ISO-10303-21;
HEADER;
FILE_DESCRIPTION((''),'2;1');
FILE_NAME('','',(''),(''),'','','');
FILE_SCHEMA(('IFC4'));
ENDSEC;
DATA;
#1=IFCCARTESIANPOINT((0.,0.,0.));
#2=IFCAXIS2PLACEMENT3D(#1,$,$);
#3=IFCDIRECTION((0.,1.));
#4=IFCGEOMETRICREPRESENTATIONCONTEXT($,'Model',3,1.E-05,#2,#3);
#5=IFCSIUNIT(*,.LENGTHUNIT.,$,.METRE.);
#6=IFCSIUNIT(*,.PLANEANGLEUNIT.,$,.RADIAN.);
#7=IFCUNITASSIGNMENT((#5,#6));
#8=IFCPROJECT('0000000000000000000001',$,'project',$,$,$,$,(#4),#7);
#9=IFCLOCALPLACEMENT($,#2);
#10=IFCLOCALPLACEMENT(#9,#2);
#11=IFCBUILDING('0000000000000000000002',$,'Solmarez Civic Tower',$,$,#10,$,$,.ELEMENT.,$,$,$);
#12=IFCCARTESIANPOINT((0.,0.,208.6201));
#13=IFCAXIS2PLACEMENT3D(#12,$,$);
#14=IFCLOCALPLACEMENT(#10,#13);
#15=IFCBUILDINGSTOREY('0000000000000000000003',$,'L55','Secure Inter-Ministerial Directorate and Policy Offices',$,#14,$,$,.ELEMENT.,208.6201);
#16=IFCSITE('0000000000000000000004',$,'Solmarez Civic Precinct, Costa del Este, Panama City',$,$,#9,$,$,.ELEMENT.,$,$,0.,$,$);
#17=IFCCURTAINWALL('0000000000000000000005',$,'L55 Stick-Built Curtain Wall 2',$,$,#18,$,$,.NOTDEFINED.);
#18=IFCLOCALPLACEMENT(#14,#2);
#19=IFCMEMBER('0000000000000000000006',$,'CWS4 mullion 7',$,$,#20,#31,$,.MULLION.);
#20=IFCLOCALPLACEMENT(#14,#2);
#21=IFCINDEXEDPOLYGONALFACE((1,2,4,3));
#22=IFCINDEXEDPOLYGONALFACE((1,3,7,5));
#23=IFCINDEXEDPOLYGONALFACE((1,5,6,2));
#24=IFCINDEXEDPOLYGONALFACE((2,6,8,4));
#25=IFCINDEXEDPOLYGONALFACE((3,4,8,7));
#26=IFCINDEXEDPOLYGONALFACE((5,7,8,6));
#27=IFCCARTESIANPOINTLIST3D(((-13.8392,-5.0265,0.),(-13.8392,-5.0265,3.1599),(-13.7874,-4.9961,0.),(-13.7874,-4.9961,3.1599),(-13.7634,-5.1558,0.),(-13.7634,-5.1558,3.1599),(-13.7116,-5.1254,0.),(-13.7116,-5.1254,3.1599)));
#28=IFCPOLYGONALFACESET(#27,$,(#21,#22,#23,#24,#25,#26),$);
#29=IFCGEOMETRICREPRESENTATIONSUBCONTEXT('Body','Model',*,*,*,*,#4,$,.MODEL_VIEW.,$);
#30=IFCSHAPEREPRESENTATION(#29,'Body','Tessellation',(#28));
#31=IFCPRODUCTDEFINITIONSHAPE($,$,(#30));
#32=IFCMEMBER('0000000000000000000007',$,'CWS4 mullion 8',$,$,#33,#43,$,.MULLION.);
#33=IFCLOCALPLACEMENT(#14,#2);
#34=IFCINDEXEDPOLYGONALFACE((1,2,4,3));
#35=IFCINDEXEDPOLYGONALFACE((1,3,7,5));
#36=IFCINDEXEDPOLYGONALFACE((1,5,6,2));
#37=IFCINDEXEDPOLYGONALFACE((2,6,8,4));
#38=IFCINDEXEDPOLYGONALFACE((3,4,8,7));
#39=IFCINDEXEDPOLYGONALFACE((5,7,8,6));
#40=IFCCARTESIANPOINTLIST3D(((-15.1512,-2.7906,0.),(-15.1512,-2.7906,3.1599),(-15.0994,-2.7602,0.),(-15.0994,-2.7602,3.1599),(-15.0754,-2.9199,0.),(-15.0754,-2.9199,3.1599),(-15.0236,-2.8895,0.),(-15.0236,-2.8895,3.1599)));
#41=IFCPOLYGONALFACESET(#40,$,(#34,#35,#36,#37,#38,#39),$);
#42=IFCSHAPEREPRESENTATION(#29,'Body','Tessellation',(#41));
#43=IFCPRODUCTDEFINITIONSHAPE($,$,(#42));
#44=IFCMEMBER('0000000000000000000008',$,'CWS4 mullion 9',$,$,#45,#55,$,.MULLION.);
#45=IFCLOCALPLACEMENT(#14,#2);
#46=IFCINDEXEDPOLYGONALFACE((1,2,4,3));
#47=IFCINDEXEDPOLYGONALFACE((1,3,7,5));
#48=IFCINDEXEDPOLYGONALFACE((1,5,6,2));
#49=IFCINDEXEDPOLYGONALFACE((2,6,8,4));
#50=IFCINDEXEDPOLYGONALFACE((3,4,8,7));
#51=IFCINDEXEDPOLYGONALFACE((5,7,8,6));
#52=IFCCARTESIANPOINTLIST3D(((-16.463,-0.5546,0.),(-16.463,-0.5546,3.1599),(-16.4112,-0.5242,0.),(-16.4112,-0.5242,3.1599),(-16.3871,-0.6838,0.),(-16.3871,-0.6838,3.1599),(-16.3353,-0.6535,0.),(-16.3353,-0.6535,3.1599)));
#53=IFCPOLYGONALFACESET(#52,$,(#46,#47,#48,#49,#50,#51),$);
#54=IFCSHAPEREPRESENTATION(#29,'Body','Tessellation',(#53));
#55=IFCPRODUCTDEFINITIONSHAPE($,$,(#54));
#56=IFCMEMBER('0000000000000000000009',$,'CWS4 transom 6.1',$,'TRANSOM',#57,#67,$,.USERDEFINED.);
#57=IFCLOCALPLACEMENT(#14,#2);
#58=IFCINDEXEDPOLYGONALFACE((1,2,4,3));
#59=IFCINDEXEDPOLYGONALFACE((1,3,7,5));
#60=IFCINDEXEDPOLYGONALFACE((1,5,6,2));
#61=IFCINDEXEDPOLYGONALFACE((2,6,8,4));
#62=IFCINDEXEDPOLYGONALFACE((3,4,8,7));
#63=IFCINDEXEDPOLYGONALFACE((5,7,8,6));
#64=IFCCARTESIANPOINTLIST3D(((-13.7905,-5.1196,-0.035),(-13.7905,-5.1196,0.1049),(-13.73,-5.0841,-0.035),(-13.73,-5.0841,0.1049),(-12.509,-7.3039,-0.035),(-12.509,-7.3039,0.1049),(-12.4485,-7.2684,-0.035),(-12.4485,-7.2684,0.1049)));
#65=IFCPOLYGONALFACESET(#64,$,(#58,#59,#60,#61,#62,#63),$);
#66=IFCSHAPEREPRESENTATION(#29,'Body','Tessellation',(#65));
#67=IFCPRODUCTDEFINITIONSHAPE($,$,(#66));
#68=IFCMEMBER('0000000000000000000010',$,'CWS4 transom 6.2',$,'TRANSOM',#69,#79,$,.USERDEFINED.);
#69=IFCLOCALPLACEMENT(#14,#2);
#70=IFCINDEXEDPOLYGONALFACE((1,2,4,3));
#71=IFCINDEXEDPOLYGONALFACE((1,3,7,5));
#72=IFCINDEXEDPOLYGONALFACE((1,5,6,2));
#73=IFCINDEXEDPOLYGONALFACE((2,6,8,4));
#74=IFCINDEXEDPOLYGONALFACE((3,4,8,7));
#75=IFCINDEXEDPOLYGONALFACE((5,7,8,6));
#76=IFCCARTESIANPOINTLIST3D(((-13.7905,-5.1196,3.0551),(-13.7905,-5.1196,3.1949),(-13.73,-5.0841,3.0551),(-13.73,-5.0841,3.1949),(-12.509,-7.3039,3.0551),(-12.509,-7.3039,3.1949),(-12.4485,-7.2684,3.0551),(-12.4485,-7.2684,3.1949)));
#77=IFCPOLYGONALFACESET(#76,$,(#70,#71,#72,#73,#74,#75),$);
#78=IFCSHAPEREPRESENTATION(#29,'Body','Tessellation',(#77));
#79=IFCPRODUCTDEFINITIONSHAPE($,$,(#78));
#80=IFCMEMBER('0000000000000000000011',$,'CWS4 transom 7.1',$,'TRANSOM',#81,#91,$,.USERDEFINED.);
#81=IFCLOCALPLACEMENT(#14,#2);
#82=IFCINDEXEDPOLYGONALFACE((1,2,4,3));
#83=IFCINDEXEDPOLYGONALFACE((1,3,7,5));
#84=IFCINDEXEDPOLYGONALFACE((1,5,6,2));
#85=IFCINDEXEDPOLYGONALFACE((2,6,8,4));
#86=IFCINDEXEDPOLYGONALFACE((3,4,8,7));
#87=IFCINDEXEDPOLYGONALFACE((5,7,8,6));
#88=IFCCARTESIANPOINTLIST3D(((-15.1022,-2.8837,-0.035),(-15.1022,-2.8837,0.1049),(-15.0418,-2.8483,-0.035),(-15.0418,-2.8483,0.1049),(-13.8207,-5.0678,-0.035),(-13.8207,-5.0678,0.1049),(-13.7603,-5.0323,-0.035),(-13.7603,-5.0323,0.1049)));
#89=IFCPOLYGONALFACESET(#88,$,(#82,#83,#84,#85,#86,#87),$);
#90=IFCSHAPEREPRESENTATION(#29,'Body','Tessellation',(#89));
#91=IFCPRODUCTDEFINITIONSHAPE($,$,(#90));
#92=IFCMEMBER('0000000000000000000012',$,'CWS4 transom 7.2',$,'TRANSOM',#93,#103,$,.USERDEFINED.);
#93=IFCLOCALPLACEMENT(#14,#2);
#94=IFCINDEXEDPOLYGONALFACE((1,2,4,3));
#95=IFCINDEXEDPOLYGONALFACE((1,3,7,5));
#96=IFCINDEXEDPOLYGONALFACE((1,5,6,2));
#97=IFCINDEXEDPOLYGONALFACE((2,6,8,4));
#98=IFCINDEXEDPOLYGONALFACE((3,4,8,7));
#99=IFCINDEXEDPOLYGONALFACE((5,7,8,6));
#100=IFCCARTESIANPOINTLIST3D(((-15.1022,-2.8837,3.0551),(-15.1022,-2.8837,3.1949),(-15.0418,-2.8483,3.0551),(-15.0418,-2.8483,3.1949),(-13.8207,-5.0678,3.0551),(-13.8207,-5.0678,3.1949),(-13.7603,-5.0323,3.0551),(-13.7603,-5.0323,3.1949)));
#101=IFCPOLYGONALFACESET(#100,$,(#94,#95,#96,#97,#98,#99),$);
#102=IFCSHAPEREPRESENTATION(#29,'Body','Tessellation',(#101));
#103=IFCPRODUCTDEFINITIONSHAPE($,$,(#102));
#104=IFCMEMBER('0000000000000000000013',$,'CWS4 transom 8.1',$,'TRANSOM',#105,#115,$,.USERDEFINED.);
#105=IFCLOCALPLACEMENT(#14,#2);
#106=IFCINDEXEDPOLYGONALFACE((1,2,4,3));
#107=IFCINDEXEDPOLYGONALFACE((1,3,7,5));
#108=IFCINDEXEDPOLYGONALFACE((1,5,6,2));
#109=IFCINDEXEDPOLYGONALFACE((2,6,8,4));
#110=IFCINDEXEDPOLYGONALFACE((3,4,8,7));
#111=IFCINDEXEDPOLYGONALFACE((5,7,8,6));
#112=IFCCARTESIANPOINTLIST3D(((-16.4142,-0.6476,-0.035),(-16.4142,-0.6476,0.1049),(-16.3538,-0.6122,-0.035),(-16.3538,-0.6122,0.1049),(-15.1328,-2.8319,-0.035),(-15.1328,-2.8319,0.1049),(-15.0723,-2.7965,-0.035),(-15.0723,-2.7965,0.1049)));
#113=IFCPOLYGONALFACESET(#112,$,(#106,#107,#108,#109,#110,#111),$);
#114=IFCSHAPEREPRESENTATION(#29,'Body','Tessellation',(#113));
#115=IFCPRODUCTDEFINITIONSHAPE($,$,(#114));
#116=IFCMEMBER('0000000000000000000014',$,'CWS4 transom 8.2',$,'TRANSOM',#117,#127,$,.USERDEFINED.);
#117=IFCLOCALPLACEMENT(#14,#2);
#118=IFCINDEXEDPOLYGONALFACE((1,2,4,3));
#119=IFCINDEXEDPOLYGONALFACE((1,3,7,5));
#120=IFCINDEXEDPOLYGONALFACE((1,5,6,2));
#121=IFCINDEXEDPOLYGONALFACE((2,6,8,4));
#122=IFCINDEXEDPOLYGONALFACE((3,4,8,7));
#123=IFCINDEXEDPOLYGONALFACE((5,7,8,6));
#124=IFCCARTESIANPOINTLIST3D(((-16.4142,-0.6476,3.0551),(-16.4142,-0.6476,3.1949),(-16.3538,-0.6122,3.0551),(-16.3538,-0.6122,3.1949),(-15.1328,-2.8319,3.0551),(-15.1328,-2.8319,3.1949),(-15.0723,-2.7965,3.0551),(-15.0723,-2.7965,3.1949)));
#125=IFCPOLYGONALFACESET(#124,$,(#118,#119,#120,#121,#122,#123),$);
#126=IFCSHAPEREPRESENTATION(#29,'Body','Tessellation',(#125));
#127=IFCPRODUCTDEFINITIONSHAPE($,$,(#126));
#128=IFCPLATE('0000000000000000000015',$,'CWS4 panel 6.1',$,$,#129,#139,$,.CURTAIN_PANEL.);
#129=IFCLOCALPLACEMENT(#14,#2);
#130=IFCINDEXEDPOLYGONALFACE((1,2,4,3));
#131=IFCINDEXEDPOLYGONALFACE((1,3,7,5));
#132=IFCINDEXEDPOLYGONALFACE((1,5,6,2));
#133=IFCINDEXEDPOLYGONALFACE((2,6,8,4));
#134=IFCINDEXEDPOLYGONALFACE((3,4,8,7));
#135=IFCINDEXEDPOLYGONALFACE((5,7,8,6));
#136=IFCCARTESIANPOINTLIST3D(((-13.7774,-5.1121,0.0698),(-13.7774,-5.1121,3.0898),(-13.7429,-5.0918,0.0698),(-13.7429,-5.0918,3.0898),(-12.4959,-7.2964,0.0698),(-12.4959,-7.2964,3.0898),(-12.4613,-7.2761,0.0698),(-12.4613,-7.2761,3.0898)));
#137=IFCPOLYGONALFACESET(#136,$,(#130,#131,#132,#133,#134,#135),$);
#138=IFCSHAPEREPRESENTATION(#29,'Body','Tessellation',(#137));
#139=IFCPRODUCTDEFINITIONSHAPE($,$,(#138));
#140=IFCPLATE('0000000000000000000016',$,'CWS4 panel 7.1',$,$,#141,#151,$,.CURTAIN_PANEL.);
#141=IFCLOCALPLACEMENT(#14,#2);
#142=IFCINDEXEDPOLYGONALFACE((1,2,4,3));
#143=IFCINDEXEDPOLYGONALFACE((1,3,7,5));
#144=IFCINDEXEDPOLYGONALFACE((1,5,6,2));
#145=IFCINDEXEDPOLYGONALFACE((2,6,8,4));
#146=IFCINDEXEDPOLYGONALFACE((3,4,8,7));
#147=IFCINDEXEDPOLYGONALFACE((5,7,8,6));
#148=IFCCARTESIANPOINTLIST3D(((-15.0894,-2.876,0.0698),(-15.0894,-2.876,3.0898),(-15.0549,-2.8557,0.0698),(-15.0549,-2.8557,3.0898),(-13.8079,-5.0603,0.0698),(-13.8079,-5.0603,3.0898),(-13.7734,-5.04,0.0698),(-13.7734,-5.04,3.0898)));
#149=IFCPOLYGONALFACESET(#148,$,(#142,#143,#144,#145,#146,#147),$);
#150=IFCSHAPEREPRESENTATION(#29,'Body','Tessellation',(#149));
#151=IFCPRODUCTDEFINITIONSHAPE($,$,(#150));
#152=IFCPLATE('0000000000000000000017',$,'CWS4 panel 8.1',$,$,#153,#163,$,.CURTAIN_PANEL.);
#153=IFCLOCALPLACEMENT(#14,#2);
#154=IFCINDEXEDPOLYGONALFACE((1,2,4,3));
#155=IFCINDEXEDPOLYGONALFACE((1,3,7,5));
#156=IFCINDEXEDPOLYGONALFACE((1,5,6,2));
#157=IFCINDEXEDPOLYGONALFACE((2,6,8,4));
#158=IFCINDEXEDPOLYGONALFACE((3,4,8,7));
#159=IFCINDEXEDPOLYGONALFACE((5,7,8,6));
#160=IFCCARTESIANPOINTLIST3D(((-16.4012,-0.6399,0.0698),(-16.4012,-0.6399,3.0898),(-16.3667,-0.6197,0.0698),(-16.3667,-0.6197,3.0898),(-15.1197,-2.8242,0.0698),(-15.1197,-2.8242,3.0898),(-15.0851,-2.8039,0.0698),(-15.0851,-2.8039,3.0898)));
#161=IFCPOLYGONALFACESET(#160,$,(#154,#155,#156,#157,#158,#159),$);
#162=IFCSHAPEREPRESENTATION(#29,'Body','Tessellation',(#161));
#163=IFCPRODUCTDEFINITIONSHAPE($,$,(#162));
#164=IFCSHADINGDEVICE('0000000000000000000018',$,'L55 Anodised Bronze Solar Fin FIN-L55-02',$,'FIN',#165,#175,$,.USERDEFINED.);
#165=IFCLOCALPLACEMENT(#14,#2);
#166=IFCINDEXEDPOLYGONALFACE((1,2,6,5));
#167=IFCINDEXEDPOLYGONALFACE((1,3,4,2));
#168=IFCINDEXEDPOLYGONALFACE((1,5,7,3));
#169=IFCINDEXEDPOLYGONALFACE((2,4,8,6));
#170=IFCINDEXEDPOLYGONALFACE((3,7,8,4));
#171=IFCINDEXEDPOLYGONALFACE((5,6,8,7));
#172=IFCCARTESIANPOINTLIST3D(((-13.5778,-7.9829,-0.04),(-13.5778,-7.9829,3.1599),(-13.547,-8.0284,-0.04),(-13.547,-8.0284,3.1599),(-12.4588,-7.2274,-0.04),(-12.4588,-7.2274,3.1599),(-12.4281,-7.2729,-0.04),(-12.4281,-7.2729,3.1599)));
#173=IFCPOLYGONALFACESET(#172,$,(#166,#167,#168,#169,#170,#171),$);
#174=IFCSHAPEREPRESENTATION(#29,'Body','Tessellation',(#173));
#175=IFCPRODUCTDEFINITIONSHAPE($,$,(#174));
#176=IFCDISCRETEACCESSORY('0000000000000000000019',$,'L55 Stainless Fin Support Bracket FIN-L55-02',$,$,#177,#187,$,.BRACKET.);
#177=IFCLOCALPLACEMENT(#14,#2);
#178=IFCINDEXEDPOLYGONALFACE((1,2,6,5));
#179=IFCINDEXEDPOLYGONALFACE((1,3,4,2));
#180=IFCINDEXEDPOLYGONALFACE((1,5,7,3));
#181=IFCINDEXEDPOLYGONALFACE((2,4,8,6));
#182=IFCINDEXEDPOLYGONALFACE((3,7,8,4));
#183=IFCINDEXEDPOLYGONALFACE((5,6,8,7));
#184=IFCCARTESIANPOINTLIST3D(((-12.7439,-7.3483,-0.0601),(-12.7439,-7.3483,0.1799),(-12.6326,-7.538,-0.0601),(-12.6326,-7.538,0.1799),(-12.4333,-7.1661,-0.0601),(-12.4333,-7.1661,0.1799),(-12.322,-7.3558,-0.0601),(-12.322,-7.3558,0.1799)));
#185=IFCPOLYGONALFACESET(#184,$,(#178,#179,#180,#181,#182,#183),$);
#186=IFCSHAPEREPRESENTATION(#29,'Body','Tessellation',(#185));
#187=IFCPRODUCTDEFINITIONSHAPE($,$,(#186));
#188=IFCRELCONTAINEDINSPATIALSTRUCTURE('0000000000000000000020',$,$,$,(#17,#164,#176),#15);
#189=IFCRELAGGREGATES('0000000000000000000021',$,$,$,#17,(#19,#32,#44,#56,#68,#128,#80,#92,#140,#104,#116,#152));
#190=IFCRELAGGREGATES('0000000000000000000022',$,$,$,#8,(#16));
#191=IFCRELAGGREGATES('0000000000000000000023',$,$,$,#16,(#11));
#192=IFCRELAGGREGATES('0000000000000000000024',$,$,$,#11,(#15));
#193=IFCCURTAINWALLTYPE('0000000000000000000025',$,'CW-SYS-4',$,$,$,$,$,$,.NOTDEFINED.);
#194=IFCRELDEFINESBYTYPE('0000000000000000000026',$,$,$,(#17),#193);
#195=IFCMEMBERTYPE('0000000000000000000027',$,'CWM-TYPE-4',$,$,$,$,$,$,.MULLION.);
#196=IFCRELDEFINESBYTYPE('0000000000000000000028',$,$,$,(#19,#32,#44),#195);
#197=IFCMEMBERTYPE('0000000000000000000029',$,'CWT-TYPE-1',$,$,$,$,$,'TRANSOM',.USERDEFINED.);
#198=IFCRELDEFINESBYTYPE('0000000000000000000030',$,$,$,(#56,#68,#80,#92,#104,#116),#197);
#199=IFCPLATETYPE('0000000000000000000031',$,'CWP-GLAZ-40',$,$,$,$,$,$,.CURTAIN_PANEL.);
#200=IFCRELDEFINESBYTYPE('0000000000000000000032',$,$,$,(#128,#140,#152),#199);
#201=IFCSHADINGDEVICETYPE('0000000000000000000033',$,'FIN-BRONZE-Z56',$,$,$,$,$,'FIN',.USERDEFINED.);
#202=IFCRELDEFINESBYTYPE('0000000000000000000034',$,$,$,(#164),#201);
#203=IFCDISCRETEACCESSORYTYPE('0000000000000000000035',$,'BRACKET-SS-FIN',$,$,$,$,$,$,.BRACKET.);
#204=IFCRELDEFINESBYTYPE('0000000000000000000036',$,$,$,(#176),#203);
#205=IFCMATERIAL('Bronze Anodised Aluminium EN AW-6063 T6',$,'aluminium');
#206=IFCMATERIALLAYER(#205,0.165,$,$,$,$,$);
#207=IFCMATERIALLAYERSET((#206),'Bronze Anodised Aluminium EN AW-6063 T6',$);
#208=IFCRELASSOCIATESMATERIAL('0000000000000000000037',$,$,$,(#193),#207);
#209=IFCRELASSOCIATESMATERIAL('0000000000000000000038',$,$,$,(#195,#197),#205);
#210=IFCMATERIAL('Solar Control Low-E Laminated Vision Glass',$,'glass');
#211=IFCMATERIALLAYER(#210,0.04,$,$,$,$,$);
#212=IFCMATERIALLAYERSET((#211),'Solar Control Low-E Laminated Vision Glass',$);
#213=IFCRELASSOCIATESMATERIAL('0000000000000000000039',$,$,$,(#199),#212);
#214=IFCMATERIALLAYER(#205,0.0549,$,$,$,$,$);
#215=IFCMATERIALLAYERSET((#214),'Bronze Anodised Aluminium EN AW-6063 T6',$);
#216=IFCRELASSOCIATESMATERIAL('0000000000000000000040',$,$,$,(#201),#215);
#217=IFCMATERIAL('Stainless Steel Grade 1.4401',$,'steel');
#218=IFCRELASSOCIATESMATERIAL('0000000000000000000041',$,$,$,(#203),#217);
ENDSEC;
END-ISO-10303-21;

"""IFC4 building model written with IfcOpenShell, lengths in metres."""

from ifc_helpers import new_model, si_unit, direction, frame, origin, origin_2d, place, context, subcontext, project, spatial, rectangle, extrude, material, layer, layer_set, material_profile, profile_set, type_object, element, aggregate, save


model = new_model("IFC4")

# Units and contexts
model_context = context("Model", 3, precision=1e-05, world=origin(), true_north=direction((0.0, 1.0)))
body_context = subcontext(model_context, "Body", "Model", "MODEL_VIEW")
ifc_project = project(units=[si_unit("LENGTHUNIT", "METRE"), si_unit("PLANEANGLEUNIT", "RADIAN")], contexts=[model_context])

# Site, building, storey
site_placement = place(None, origin())
site = spatial("IfcSite", under=ifc_project, at=site_placement, Name="Solmarez Civic Precinct, Costa del Este, Panama City", CompositionType="ELEMENT", RefElevation=0.0)
building_placement = place(site_placement, origin())
building = spatial("IfcBuilding", under=site, at=building_placement, Name="Solmarez Civic Tower", CompositionType="ELEMENT")
storey_placement = place(building_placement, frame((0.0, 0.0, 208.6201)))
storey = spatial("IfcBuildingStorey", under=building, at=storey_placement, Name="L55", Description="Secure Inter-Ministerial Directorate and Policy Offices", CompositionType="ELEMENT", Elevation=208.6201)

# Curtain wall, members, plates
ifc_material_1 = material(Name="Bronze Anodised Aluminium EN AW-6063 T6", Category="aluminium")
ifc_layer_1 = layer(ifc_material_1, 0.165)
ifc_layer_set_1 = layer_set([ifc_layer_1], Name="Bronze Anodised Aluminium EN AW-6063 T6")
curtain_wall_type = type_object("IfcCurtainWallType", Name="CW-SYS-4", PredefinedType="NOTDEFINED", material=ifc_layer_set_1)
curtain_wall_placement = place(storey_placement, origin())
curtain_wall = element("IfcCurtainWall", 1, at=curtain_wall_placement, inside=storey, type_object=curtain_wall_type, Name="L55 Stick-Built Curtain Wall 2", PredefinedType="NOTDEFINED")
ifc_material_profile_1 = material_profile(ifc_material_1, rectangle(XDim=0.0601, YDim=0.1499, at=origin_2d()), Name="CWM-60X150")
ifc_profile_set_1 = profile_set([ifc_material_profile_1], Name="Bronze Anodised Aluminium EN AW-6063 T6")
member_type_1 = type_object("IfcMemberType", Name="CWM-TYPE-4", PredefinedType="MULLION", material=ifc_profile_set_1)
member_1_placement = place(storey_placement, frame((-13.7754, -5.0759, 0.0), z_axis=(0.0, 0.0, 1.0), x_axis=(-0.862506, -0.506047, 0.0)))
member_1 = element("IfcMember", 2, at=member_1_placement, type_object=member_type_1, Name="CWS4 mullion 7", PredefinedType="MULLION", context=body_context, shape_type="SweptSolid", body=[
    extrude(rectangle(XDim=0.0601, YDim=0.1499, at=origin_2d()), origin(), (0.0, 0.0, 1.0), 3.1599),
])
member_2_placement = place(storey_placement, frame((-15.0874, -2.8401, 0.0), z_axis=(0.0, 0.0, 1.0), x_axis=(-0.862506, -0.506047, 0.0)))
member_2 = element("IfcMember", 3, at=member_2_placement, type_object=member_type_1, Name="CWS4 mullion 8", PredefinedType="MULLION", context=body_context, shape_type="SweptSolid", body=[
    extrude(rectangle(XDim=0.0601, YDim=0.1499, at=origin_2d()), origin(), (0.0, 0.0, 1.0), 3.1599),
])
member_3_placement = place(storey_placement, frame((-16.3992, -0.604, 0.0), z_axis=(0.0, 0.0, 1.0), x_axis=(-0.862506, -0.506047, 0.0)))
member_3 = element("IfcMember", 4, at=member_3_placement, type_object=member_type_1, Name="CWS4 mullion 9", PredefinedType="MULLION", context=body_context, shape_type="SweptSolid", body=[
    extrude(rectangle(XDim=0.0601, YDim=0.1499, at=origin_2d()), origin(), (0.0, 0.0, 1.0), 3.1599),
])
ifc_material_profile_2 = material_profile(ifc_material_1, rectangle(XDim=0.0701, YDim=0.1399, at=origin_2d()), Name="CWT-70X140")
ifc_profile_set_2 = profile_set([ifc_material_profile_2], Name="Bronze Anodised Aluminium EN AW-6063 T6")
member_type_2 = type_object("IfcMemberType", Name="CWT-TYPE-1", ElementType="TRANSOM", PredefinedType="USERDEFINED", material=ifc_profile_set_2)
member_4_placement = place(storey_placement, frame((-12.4788, -7.2861, 0.0349), z_axis=(-0.506021, 0.862521, 0.0), x_axis=(-0.862521, -0.506021, 0.0)))
member_4 = element("IfcMember", 5, at=member_4_placement, type_object=member_type_2, Name="CWS4 transom 6.1", ObjectType="TRANSOM", PredefinedType="USERDEFINED", context=body_context, shape_type="SweptSolid", body=[
    extrude(rectangle(XDim=0.0701, YDim=0.1399, at=origin_2d()), origin(), (0.0, 0.0, 1.0), 2.5325),
])
member_5_placement = place(storey_placement, frame((-12.4788, -7.2861, 3.125), z_axis=(-0.506021, 0.862521, 0.0), x_axis=(-0.862521, -0.506021, 0.0)))
member_5 = element("IfcMember", 6, at=member_5_placement, type_object=member_type_2, Name="CWS4 transom 6.2", ObjectType="TRANSOM", PredefinedType="USERDEFINED", context=body_context, shape_type="SweptSolid", body=[
    extrude(rectangle(XDim=0.0701, YDim=0.1399, at=origin_2d()), origin(), (0.0, 0.0, 1.0), 2.5325),
])
member_6_placement = place(storey_placement, frame((-13.7905, -5.05, 0.0349), z_axis=(-0.506063, 0.862496, 0.0), x_axis=(-0.862496, -0.506063, 0.0)))
member_6 = element("IfcMember", 7, at=member_6_placement, type_object=member_type_2, Name="CWS4 transom 7.1", ObjectType="TRANSOM", PredefinedType="USERDEFINED", context=body_context, shape_type="SweptSolid", body=[
    extrude(rectangle(XDim=0.0701, YDim=0.1399, at=origin_2d()), origin(), (0.0, 0.0, 1.0), 2.5322),
])
member_7_placement = place(storey_placement, frame((-13.7905, -5.05, 3.125), z_axis=(-0.506063, 0.862496, 0.0), x_axis=(-0.862496, -0.506063, 0.0)))
member_7 = element("IfcMember", 8, at=member_7_placement, type_object=member_type_2, Name="CWS4 transom 7.2", ObjectType="TRANSOM", PredefinedType="USERDEFINED", context=body_context, shape_type="SweptSolid", body=[
    extrude(rectangle(XDim=0.0701, YDim=0.1399, at=origin_2d()), origin(), (0.0, 0.0, 1.0), 2.5322),
])
member_8_placement = place(storey_placement, frame((-15.1025, -2.8142, 0.0349), z_axis=(-0.506021, 0.862521, 0.0), x_axis=(-0.862521, -0.506021, 0.0)))
member_8 = element("IfcMember", 9, at=member_8_placement, type_object=member_type_2, Name="CWS4 transom 8.1", ObjectType="TRANSOM", PredefinedType="USERDEFINED", context=body_context, shape_type="SweptSolid", body=[
    extrude(rectangle(XDim=0.0701, YDim=0.1399, at=origin_2d()), origin(), (0.0, 0.0, 1.0), 2.5325),
])
member_9_placement = place(storey_placement, frame((-15.1025, -2.8142, 3.125), z_axis=(-0.506021, 0.862521, 0.0), x_axis=(-0.862521, -0.506021, 0.0)))
member_9 = element("IfcMember", 10, at=member_9_placement, type_object=member_type_2, Name="CWS4 transom 8.2", ObjectType="TRANSOM", PredefinedType="USERDEFINED", context=body_context, shape_type="SweptSolid", body=[
    extrude(rectangle(XDim=0.0701, YDim=0.1399, at=origin_2d()), origin(), (0.0, 0.0, 1.0), 2.5325),
])
ifc_material_2 = material(Name="Solar Control Low-E Laminated Vision Glass", Category="glass")
ifc_layer_2 = layer(ifc_material_2, 0.04)
ifc_layer_set_2 = layer_set([ifc_layer_2], Name="Solar Control Low-E Laminated Vision Glass")
plate_type = type_object("IfcPlateType", Name="CWP-GLAZ-40", PredefinedType="CURTAIN_PANEL", material=ifc_layer_set_2)
plate_1_placement = place(storey_placement, frame((-13.1194, -6.1941, 0.0698), z_axis=(0.0, 0.0, 1.0), x_axis=(-0.506047, 0.862506, 0.0)))
plate_1 = element("IfcPlate", 11, at=plate_1_placement, type_object=plate_type, Name="CWS4 panel 6.1", PredefinedType="CURTAIN_PANEL", context=body_context, shape_type="SweptSolid", body=[
    extrude(rectangle(XDim=2.5325, YDim=0.04, at=origin_2d()), origin(), (0.0, 0.0, 1.0), 3.02),
])
plate_2_placement = place(storey_placement, frame((-14.4314, -3.958, 0.0698), z_axis=(0.0, 0.0, 1.0), x_axis=(-0.506047, 0.862506, 0.0)))
plate_2 = element("IfcPlate", 12, at=plate_2_placement, type_object=plate_type, Name="CWS4 panel 7.1", PredefinedType="CURTAIN_PANEL", context=body_context, shape_type="SweptSolid", body=[
    extrude(rectangle(XDim=2.5325, YDim=0.04, at=origin_2d()), origin(), (0.0, 0.0, 1.0), 3.02),
])
plate_3_placement = place(storey_placement, frame((-15.7432, -1.7219, 0.0698), z_axis=(0.0, 0.0, 1.0), x_axis=(-0.506047, 0.862506, 0.0)))
plate_3 = element("IfcPlate", 13, at=plate_3_placement, type_object=plate_type, Name="CWS4 panel 8.1", PredefinedType="CURTAIN_PANEL", context=body_context, shape_type="SweptSolid", body=[
    extrude(rectangle(XDim=2.5325, YDim=0.04, at=origin_2d()), origin(), (0.0, 0.0, 1.0), 3.02),
])
aggregate(curtain_wall, [member_1, member_2, member_3, member_4, member_5, plate_1, member_6, member_7, plate_2, member_8, member_9, plate_3])

# Shading device
ifc_layer_3 = layer(ifc_material_1, 0.0549)
ifc_layer_set_3 = layer_set([ifc_layer_3], Name="Bronze Anodised Aluminium EN AW-6063 T6")
shading_device_type = type_object("IfcShadingDeviceType", Name="FIN-BRONZE-Z56", ElementType="FIN", PredefinedType="USERDEFINED", material=ifc_layer_set_3)
shading_device_placement = place(storey_placement, frame((-13.0029, -7.6279, -0.04), z_axis=(0.0, 0.0, 1.0), x_axis=(-0.828774, -0.559584, 0.0)))
element("IfcShadingDevice", 14, at=shading_device_placement, inside=storey, type_object=shading_device_type, Name="L55 Anodised Bronze Solar Fin FIN-L55-02", ObjectType="FIN", PredefinedType="USERDEFINED", context=body_context, shape_type="SweptSolid", body=[
    extrude(rectangle(XDim=1.3501, YDim=0.0549, at=origin_2d()), origin(), (0.0, 0.0, 1.0), 3.2),
])

# Discrete accessory
ifc_material_3 = material(Name="Stainless Steel Grade 1.4401", Category="steel")
discrete_accessory_type = type_object("IfcDiscreteAccessoryType", Name="BRACKET-SS-FIN", PredefinedType="BRACKET", material=ifc_material_3)
discrete_accessory_placement = place(storey_placement, frame((-12.533, -7.3521, -0.0601), z_axis=(0.0, 0.0, 1.0), x_axis=(-0.862509, -0.506042, 0.0)))
element("IfcDiscreteAccessory", 15, at=discrete_accessory_placement, inside=storey, type_object=discrete_accessory_type, Name="L55 Stainless Fin Support Bracket FIN-L55-02", PredefinedType="BRACKET", context=body_context, shape_type="SweptSolid", body=[
    extrude(rectangle(XDim=0.3601, YDim=0.22, at=origin_2d()), origin(), (0.0, 0.0, 1.0), 0.24),
])

save(model, "model.ifc")
